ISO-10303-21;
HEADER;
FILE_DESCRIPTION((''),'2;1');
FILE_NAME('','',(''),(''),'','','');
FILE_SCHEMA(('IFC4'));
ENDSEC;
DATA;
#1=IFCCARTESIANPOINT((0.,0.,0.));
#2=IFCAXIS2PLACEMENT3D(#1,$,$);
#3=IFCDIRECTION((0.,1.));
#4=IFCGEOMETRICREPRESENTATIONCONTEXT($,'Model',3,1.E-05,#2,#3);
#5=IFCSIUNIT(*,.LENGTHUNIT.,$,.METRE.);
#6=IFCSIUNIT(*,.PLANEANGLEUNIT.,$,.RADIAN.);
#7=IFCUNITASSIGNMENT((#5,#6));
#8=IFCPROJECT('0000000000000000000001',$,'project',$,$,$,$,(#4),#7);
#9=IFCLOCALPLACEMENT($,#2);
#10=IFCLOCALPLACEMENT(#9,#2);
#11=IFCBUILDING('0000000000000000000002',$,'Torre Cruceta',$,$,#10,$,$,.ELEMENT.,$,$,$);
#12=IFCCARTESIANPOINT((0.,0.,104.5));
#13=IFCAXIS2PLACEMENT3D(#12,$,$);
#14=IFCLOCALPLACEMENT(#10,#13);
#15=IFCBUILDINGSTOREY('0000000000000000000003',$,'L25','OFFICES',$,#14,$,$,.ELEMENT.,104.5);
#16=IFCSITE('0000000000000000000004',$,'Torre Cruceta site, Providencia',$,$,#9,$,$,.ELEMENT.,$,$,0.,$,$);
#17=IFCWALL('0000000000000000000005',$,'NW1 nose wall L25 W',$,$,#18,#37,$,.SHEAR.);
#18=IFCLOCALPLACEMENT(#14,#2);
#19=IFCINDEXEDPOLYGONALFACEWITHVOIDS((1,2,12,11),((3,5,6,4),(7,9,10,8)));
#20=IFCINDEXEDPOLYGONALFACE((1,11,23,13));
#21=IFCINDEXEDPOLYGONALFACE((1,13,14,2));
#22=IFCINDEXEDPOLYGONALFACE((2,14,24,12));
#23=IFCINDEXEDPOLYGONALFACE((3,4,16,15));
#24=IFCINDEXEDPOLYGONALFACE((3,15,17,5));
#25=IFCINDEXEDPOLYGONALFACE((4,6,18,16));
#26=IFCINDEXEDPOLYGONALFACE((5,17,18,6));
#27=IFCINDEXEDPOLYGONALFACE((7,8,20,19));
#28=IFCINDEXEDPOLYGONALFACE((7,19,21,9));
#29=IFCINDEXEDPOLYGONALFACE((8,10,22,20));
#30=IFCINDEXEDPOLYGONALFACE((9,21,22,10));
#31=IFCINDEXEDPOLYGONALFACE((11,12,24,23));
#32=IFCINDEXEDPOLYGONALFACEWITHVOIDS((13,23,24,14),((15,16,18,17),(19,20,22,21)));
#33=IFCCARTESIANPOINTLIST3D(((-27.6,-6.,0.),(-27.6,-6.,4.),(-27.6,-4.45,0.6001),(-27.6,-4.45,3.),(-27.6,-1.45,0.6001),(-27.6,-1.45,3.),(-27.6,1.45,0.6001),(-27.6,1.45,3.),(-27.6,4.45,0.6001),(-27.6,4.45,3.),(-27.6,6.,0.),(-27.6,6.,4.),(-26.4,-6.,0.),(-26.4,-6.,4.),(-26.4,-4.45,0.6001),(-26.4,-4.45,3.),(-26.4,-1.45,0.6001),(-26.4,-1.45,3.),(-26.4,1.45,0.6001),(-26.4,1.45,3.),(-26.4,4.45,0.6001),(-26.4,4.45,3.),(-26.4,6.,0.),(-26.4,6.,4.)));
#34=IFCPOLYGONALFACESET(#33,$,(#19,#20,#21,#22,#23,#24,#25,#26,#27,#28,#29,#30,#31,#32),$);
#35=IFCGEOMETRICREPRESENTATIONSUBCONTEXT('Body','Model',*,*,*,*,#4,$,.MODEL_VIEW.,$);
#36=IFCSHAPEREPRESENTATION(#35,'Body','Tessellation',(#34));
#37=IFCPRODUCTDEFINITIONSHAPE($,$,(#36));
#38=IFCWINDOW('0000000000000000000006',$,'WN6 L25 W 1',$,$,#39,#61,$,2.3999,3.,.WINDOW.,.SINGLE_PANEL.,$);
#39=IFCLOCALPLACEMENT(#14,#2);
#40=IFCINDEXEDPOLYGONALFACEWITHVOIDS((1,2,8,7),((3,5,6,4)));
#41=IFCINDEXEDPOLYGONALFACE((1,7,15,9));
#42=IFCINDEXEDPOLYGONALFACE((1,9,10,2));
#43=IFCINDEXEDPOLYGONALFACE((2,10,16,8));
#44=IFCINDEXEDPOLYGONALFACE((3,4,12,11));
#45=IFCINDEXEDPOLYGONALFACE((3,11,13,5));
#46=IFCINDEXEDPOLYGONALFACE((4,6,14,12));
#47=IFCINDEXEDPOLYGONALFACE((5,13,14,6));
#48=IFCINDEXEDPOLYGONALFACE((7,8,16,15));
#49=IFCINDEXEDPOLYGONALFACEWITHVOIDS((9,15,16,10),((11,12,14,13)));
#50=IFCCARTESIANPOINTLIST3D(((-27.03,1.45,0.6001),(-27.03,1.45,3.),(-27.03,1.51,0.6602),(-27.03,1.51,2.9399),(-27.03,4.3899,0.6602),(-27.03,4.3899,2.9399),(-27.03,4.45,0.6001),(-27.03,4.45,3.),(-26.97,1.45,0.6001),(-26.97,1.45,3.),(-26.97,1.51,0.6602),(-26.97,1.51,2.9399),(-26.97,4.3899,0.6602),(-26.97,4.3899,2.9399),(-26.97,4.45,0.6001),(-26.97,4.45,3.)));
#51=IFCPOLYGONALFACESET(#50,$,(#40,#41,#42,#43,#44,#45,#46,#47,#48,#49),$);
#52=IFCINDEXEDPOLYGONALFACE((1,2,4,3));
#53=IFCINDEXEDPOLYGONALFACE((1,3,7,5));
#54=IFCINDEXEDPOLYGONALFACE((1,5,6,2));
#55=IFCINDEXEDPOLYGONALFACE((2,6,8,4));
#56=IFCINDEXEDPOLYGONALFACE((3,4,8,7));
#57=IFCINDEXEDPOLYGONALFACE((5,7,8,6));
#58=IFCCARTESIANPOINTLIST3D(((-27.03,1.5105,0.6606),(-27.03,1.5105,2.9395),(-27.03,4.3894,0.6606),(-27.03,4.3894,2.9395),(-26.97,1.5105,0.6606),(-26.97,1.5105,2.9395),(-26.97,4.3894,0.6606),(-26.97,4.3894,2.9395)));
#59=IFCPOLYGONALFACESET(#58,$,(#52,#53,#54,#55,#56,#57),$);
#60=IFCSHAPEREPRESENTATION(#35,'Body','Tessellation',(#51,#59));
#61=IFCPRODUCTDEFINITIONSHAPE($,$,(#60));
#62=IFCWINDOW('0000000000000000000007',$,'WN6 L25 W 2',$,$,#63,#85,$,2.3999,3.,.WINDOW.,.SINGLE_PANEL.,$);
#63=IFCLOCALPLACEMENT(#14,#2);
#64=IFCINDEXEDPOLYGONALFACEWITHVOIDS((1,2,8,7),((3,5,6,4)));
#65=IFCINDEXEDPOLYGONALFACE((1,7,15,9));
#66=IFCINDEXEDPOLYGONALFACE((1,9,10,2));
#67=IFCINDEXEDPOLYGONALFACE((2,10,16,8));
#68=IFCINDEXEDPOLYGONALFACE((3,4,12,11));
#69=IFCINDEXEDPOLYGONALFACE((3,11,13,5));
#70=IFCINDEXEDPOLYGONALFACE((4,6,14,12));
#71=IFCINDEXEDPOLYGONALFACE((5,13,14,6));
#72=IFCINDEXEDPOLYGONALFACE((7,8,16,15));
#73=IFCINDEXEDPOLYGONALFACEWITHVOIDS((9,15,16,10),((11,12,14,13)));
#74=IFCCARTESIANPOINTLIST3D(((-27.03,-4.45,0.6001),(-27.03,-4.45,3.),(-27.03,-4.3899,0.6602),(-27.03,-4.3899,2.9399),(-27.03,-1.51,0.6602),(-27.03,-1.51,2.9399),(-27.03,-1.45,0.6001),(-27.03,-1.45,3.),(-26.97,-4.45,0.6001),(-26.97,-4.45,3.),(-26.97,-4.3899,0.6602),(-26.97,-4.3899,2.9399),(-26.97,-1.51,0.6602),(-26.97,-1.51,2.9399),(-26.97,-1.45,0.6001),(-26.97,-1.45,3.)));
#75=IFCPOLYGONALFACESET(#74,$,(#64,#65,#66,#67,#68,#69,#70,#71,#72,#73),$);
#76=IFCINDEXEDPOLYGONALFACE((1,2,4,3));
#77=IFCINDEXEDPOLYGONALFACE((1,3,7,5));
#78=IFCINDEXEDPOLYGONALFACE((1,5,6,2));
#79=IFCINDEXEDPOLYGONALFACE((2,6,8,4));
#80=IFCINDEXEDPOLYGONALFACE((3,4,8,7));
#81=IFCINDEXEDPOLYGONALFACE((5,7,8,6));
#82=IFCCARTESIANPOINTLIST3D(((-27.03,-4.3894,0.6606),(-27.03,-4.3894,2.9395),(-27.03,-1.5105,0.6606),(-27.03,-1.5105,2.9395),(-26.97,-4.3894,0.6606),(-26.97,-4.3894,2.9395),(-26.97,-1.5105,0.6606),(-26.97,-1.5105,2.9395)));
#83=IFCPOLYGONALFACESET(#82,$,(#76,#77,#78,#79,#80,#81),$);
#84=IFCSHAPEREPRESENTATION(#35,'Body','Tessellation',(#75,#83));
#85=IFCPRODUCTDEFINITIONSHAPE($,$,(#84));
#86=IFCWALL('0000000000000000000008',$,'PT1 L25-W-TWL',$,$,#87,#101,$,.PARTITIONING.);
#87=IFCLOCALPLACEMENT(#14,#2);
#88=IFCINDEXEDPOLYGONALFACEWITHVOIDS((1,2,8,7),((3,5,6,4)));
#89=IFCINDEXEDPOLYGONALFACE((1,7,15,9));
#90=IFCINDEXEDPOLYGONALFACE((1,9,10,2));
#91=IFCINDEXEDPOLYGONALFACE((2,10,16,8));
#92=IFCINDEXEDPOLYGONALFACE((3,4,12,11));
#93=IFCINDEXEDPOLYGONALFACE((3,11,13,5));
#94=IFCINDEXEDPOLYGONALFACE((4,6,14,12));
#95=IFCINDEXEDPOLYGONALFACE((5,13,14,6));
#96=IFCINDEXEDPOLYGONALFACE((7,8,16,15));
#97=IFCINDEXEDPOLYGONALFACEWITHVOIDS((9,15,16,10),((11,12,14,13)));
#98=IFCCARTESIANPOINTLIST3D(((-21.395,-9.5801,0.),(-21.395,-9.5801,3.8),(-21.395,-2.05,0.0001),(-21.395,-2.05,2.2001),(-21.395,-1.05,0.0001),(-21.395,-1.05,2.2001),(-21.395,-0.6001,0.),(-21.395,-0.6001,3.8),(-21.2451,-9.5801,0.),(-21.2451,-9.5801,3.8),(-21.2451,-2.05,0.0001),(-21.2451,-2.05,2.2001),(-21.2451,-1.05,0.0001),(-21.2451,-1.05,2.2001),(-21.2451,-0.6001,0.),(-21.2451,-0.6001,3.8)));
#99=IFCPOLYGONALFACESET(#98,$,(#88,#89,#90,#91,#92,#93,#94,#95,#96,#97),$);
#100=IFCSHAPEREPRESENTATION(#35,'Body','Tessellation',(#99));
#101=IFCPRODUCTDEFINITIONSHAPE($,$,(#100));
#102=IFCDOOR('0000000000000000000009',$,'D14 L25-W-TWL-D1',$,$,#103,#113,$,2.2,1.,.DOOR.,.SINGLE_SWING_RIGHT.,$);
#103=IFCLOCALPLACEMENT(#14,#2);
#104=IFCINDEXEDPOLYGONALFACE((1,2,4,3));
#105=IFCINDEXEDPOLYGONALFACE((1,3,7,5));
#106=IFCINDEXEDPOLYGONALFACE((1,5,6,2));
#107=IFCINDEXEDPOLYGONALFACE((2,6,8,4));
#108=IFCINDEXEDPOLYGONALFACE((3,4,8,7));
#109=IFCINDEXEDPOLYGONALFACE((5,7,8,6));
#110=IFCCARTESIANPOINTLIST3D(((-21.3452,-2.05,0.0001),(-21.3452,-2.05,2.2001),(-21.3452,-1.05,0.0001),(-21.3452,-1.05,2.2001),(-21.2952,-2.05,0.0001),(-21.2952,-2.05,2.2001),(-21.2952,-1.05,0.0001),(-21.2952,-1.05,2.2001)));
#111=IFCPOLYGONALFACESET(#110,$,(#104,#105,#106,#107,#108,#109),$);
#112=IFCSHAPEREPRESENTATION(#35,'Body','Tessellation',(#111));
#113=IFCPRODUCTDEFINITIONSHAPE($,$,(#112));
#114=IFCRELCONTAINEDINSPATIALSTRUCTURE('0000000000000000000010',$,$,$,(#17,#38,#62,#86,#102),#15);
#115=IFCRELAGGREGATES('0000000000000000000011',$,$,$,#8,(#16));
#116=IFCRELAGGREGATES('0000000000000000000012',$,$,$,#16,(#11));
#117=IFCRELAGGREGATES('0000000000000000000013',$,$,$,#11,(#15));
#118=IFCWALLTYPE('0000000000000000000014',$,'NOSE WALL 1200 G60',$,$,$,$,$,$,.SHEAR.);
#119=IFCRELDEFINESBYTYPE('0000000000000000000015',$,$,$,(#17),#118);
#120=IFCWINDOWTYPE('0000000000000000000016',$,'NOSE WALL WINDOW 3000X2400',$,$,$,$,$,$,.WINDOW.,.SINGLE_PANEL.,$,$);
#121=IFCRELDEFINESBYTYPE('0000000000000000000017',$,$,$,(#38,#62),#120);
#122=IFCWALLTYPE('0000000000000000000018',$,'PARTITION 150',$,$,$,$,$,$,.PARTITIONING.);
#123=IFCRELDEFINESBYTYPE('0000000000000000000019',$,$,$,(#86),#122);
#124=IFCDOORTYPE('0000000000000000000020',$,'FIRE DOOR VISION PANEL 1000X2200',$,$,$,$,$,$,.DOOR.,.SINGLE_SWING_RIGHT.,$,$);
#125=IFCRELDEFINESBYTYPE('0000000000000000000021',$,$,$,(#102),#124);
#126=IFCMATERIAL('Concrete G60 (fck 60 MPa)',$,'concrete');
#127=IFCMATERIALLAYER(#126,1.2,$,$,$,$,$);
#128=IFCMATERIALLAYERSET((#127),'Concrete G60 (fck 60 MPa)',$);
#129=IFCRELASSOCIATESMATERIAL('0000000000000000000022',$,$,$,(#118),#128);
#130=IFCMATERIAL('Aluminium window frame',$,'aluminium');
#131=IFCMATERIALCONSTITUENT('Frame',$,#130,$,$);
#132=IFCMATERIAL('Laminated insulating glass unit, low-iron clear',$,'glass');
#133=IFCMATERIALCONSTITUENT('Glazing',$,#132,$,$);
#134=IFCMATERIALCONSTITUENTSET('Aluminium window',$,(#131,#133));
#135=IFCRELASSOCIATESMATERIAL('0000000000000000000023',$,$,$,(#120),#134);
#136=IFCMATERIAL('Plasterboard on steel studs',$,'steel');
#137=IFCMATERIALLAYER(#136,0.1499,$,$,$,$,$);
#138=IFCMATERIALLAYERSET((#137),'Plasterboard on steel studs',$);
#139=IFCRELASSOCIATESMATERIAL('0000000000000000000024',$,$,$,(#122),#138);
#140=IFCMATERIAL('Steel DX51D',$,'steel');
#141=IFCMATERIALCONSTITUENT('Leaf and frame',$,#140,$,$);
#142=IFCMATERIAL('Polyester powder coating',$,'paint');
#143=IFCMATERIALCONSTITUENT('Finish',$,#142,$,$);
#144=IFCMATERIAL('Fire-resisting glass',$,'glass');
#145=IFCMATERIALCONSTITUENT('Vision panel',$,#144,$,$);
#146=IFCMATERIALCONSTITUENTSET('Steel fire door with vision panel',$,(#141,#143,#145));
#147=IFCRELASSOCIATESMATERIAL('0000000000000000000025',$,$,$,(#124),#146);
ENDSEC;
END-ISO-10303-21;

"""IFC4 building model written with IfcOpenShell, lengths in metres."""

from ifc_helpers import new_model, si_unit, direction, frame, frame_2d, origin, place, context, subcontext, project, spatial, rectangle, hollow_rectangle, extrude, material, layer, layer_set, constituent, constituent_set, type_object, element, fill, save


model = new_model("IFC4")

# Units and contexts
model_context = context("Model", 3, precision=1e-05, world=origin(), true_north=direction((0.0, 1.0)))
body_context = subcontext(model_context, "Body", "Model", "MODEL_VIEW")
ifc_project = project(units=[si_unit("LENGTHUNIT", "METRE"), si_unit("PLANEANGLEUNIT", "RADIAN")], contexts=[model_context])

# Site, building, storey
site_placement = place(None, origin())
site = spatial("IfcSite", under=ifc_project, at=site_placement, Name="Torre Cruceta site, Providencia", CompositionType="ELEMENT", RefElevation=0.0)
building_placement = place(site_placement, origin())
building = spatial("IfcBuilding", under=site, at=building_placement, Name="Torre Cruceta", CompositionType="ELEMENT")
storey_placement = place(building_placement, frame((0.0, 0.0, 104.5)))
storey = spatial("IfcBuildingStorey", under=building, at=storey_placement, Name="L25", Description="OFFICES", CompositionType="ELEMENT", Elevation=104.5)

# Wall, openings, windows
ifc_material_1 = material(Name="Concrete G60 (fck 60 MPa)", Category="concrete")
ifc_layer_1 = layer(ifc_material_1, 1.2)
ifc_layer_set_1 = layer_set([ifc_layer_1], Name="Concrete G60 (fck 60 MPa)")
wall_type_1 = type_object("IfcWallType", Name="NOSE WALL 1200 G60", PredefinedType="SHEAR", material=ifc_layer_set_1)
wall_1_placement = place(storey_placement, frame((-27.0, 6.0, 0.0), z_axis=(0.0, 0.0, 1.0), x_axis=(0.0, -1.0, 0.0)))
wall_1 = element("IfcWall", 1, at=wall_1_placement, inside=storey, type_object=wall_type_1, Name="NW1 nose wall L25 W", PredefinedType="SHEAR", context=body_context, shape_type="SweptSolid", body=[
    extrude(rectangle(XDim=12.0, YDim=1.2, at=frame_2d((6.0, 0.0))), origin(), (0.0, 0.0, 1.0), 4.0),
])
opening_1_placement = place(wall_1_placement, frame((1.55, 0.0, 0.6001)))
opening_1 = element("IfcOpeningElement", 2, at=opening_1_placement, cuts=wall_1, PredefinedType="OPENING", context=body_context, shape_type="SweptSolid", body=[
    extrude(rectangle(XDim=3.0, YDim=2.3999, at=frame_2d((1.5, 1.2))), frame((0.0, 0.6099, 0.0), z_axis=(0.0, -1.0, 0.0), x_axis=(1.0, 0.0, 0.0)), (0.0, 0.0, 1.0), 1.22),
])
opening_2_placement = place(wall_1_placement, frame((7.45, 0.0, 0.6001)))
opening_2 = element("IfcOpeningElement", 3, at=opening_2_placement, cuts=wall_1, PredefinedType="OPENING", context=body_context, shape_type="SweptSolid", body=[
    extrude(rectangle(XDim=3.0, YDim=2.3999, at=frame_2d((1.5, 1.2))), frame((0.0, 0.6099, 0.0), z_axis=(0.0, -1.0, 0.0), x_axis=(1.0, 0.0, 0.0)), (0.0, 0.0, 1.0), 1.22),
])
ifc_material_2 = material(Name="Aluminium window frame", Category="aluminium")
ifc_constituent_1 = constituent(ifc_material_2, Name="Frame")
ifc_material_3 = material(Name="Laminated insulating glass unit, low-iron clear", Category="glass")
ifc_constituent_2 = constituent(ifc_material_3, Name="Glazing")
ifc_constituent_set_1 = constituent_set(constituents=[ifc_constituent_1, ifc_constituent_2], Name="Aluminium window")
window_type_1 = type_object("IfcWindowType", Name="NOSE WALL WINDOW 3000X2400", PartitioningType="SINGLE_PANEL", PredefinedType="WINDOW", material=ifc_constituent_set_1)
window_1_placement = place(opening_1_placement, origin())
window_1 = element("IfcWindow", 4, at=window_1_placement, inside=storey, type_object=window_type_1, Name="WN6 L25 W 1", OverallHeight=2.3999, OverallWidth=3.0, PartitioningType="SINGLE_PANEL", PredefinedType="WINDOW", context=body_context, shape_type="SweptSolid", body=[
    extrude(hollow_rectangle(XDim=3.0, YDim=2.3999, WallThickness=0.0601, at=frame_2d((1.5, 1.2))), frame((0.0, 0.03, 0.0), z_axis=(0.0, -1.0, 0.0), x_axis=(1.0, 0.0, 0.0)), (0.0, 0.0, 1.0), 0.0601),
    extrude(rectangle(XDim=2.8789, YDim=2.2788, at=frame_2d((1.5, 1.2))), frame((0.0, 0.03, 0.0), z_axis=(0.0, -1.0, 0.0), x_axis=(1.0, 0.0, 0.0)), (0.0, 0.0, 1.0), 0.0601),
])
fill(opening_1, window_1)
window_2_placement = place(opening_2_placement, origin())
window_2 = element("IfcWindow", 5, at=window_2_placement, inside=storey, type_object=window_type_1, Name="WN6 L25 W 2", OverallHeight=2.3999, OverallWidth=3.0, PartitioningType="SINGLE_PANEL", PredefinedType="WINDOW", context=body_context, shape_type="SweptSolid", body=[
    extrude(hollow_rectangle(XDim=3.0, YDim=2.3999, WallThickness=0.0601, at=frame_2d((1.5, 1.2))), frame((0.0, 0.03, 0.0), z_axis=(0.0, -1.0, 0.0), x_axis=(1.0, 0.0, 0.0)), (0.0, 0.0, 1.0), 0.0601),
    extrude(rectangle(XDim=2.8789, YDim=2.2788, at=frame_2d((1.5, 1.2))), frame((0.0, 0.03, 0.0), z_axis=(0.0, -1.0, 0.0), x_axis=(1.0, 0.0, 0.0)), (0.0, 0.0, 1.0), 0.0601),
])
fill(opening_2, window_2)

# Wall, opening, door
ifc_material_4 = material(Name="Plasterboard on steel studs", Category="steel")
ifc_layer_2 = layer(ifc_material_4, 0.1499)
ifc_layer_set_2 = layer_set([ifc_layer_2], Name="Plasterboard on steel studs")
wall_type_2 = type_object("IfcWallType", Name="PARTITION 150", PredefinedType="PARTITIONING", material=ifc_layer_set_2)
wall_2_placement = place(storey_placement, frame((-21.3201, -0.6001, 0.0), z_axis=(0.0, 0.0, 1.0), x_axis=(0.0, -1.0, 0.0)))
wall_2 = element("IfcWall", 6, at=wall_2_placement, inside=storey, type_object=wall_type_2, Name="PT1 L25-W-TWL", PredefinedType="PARTITIONING", context=body_context, shape_type="SweptSolid", body=[
    extrude(rectangle(XDim=8.98, YDim=0.1499, at=frame_2d((4.49, 0.0))), origin(), (0.0, 0.0, 1.0), 3.8),
])
opening_3_placement = place(wall_2_placement, frame((0.45, 0.0, 0.0)))
opening_3 = element("IfcOpeningElement", 7, at=opening_3_placement, cuts=wall_2, PredefinedType="OPENING", context=body_context, shape_type="SweptSolid", body=[
    extrude(rectangle(XDim=1.0, YDim=2.2, at=frame_2d((0.5, 1.1001))), frame((0.0, 0.085, 0.0), z_axis=(0.0, -1.0, 0.0), x_axis=(1.0, 0.0, 0.0)), (0.0, 0.0, 1.0), 0.1699),
])
ifc_material_5 = material(Name="Steel DX51D", Category="steel")
ifc_constituent_3 = constituent(ifc_material_5, Name="Leaf and frame")
ifc_material_6 = material(Name="Polyester powder coating", Category="paint")
ifc_constituent_4 = constituent(ifc_material_6, Name="Finish")
ifc_material_7 = material(Name="Fire-resisting glass", Category="glass")
ifc_constituent_5 = constituent(ifc_material_7, Name="Vision panel")
ifc_constituent_set_2 = constituent_set(constituents=[ifc_constituent_3, ifc_constituent_4, ifc_constituent_5], Name="Steel fire door with vision panel")
door_type = type_object("IfcDoorType", Name="FIRE DOOR VISION PANEL 1000X2200", OperationType="SINGLE_SWING_RIGHT", PredefinedType="DOOR", material=ifc_constituent_set_2)
door_placement = place(opening_3_placement, frame((1.0, 0.0, 0.0), z_axis=(0.0, 0.0, 1.0), x_axis=(-1.0, 0.0, 0.0)))
door = element("IfcDoor", 8, at=door_placement, inside=storey, type_object=door_type, Name="D14 L25-W-TWL-D1", OperationType="SINGLE_SWING_RIGHT", OverallHeight=2.2, OverallWidth=1.0, PredefinedType="DOOR", context=body_context, shape_type="SweptSolid", body=[
    extrude(rectangle(XDim=1.0, YDim=2.2, at=frame_2d((0.5, 1.1001))), frame((0.0, 0.0251, 0.0), z_axis=(0.0, -1.0, 0.0), x_axis=(1.0, 0.0, 0.0)), (0.0, 0.0, 1.0), 0.05),
])
fill(opening_3, door)

save(model, "model.ifc")
